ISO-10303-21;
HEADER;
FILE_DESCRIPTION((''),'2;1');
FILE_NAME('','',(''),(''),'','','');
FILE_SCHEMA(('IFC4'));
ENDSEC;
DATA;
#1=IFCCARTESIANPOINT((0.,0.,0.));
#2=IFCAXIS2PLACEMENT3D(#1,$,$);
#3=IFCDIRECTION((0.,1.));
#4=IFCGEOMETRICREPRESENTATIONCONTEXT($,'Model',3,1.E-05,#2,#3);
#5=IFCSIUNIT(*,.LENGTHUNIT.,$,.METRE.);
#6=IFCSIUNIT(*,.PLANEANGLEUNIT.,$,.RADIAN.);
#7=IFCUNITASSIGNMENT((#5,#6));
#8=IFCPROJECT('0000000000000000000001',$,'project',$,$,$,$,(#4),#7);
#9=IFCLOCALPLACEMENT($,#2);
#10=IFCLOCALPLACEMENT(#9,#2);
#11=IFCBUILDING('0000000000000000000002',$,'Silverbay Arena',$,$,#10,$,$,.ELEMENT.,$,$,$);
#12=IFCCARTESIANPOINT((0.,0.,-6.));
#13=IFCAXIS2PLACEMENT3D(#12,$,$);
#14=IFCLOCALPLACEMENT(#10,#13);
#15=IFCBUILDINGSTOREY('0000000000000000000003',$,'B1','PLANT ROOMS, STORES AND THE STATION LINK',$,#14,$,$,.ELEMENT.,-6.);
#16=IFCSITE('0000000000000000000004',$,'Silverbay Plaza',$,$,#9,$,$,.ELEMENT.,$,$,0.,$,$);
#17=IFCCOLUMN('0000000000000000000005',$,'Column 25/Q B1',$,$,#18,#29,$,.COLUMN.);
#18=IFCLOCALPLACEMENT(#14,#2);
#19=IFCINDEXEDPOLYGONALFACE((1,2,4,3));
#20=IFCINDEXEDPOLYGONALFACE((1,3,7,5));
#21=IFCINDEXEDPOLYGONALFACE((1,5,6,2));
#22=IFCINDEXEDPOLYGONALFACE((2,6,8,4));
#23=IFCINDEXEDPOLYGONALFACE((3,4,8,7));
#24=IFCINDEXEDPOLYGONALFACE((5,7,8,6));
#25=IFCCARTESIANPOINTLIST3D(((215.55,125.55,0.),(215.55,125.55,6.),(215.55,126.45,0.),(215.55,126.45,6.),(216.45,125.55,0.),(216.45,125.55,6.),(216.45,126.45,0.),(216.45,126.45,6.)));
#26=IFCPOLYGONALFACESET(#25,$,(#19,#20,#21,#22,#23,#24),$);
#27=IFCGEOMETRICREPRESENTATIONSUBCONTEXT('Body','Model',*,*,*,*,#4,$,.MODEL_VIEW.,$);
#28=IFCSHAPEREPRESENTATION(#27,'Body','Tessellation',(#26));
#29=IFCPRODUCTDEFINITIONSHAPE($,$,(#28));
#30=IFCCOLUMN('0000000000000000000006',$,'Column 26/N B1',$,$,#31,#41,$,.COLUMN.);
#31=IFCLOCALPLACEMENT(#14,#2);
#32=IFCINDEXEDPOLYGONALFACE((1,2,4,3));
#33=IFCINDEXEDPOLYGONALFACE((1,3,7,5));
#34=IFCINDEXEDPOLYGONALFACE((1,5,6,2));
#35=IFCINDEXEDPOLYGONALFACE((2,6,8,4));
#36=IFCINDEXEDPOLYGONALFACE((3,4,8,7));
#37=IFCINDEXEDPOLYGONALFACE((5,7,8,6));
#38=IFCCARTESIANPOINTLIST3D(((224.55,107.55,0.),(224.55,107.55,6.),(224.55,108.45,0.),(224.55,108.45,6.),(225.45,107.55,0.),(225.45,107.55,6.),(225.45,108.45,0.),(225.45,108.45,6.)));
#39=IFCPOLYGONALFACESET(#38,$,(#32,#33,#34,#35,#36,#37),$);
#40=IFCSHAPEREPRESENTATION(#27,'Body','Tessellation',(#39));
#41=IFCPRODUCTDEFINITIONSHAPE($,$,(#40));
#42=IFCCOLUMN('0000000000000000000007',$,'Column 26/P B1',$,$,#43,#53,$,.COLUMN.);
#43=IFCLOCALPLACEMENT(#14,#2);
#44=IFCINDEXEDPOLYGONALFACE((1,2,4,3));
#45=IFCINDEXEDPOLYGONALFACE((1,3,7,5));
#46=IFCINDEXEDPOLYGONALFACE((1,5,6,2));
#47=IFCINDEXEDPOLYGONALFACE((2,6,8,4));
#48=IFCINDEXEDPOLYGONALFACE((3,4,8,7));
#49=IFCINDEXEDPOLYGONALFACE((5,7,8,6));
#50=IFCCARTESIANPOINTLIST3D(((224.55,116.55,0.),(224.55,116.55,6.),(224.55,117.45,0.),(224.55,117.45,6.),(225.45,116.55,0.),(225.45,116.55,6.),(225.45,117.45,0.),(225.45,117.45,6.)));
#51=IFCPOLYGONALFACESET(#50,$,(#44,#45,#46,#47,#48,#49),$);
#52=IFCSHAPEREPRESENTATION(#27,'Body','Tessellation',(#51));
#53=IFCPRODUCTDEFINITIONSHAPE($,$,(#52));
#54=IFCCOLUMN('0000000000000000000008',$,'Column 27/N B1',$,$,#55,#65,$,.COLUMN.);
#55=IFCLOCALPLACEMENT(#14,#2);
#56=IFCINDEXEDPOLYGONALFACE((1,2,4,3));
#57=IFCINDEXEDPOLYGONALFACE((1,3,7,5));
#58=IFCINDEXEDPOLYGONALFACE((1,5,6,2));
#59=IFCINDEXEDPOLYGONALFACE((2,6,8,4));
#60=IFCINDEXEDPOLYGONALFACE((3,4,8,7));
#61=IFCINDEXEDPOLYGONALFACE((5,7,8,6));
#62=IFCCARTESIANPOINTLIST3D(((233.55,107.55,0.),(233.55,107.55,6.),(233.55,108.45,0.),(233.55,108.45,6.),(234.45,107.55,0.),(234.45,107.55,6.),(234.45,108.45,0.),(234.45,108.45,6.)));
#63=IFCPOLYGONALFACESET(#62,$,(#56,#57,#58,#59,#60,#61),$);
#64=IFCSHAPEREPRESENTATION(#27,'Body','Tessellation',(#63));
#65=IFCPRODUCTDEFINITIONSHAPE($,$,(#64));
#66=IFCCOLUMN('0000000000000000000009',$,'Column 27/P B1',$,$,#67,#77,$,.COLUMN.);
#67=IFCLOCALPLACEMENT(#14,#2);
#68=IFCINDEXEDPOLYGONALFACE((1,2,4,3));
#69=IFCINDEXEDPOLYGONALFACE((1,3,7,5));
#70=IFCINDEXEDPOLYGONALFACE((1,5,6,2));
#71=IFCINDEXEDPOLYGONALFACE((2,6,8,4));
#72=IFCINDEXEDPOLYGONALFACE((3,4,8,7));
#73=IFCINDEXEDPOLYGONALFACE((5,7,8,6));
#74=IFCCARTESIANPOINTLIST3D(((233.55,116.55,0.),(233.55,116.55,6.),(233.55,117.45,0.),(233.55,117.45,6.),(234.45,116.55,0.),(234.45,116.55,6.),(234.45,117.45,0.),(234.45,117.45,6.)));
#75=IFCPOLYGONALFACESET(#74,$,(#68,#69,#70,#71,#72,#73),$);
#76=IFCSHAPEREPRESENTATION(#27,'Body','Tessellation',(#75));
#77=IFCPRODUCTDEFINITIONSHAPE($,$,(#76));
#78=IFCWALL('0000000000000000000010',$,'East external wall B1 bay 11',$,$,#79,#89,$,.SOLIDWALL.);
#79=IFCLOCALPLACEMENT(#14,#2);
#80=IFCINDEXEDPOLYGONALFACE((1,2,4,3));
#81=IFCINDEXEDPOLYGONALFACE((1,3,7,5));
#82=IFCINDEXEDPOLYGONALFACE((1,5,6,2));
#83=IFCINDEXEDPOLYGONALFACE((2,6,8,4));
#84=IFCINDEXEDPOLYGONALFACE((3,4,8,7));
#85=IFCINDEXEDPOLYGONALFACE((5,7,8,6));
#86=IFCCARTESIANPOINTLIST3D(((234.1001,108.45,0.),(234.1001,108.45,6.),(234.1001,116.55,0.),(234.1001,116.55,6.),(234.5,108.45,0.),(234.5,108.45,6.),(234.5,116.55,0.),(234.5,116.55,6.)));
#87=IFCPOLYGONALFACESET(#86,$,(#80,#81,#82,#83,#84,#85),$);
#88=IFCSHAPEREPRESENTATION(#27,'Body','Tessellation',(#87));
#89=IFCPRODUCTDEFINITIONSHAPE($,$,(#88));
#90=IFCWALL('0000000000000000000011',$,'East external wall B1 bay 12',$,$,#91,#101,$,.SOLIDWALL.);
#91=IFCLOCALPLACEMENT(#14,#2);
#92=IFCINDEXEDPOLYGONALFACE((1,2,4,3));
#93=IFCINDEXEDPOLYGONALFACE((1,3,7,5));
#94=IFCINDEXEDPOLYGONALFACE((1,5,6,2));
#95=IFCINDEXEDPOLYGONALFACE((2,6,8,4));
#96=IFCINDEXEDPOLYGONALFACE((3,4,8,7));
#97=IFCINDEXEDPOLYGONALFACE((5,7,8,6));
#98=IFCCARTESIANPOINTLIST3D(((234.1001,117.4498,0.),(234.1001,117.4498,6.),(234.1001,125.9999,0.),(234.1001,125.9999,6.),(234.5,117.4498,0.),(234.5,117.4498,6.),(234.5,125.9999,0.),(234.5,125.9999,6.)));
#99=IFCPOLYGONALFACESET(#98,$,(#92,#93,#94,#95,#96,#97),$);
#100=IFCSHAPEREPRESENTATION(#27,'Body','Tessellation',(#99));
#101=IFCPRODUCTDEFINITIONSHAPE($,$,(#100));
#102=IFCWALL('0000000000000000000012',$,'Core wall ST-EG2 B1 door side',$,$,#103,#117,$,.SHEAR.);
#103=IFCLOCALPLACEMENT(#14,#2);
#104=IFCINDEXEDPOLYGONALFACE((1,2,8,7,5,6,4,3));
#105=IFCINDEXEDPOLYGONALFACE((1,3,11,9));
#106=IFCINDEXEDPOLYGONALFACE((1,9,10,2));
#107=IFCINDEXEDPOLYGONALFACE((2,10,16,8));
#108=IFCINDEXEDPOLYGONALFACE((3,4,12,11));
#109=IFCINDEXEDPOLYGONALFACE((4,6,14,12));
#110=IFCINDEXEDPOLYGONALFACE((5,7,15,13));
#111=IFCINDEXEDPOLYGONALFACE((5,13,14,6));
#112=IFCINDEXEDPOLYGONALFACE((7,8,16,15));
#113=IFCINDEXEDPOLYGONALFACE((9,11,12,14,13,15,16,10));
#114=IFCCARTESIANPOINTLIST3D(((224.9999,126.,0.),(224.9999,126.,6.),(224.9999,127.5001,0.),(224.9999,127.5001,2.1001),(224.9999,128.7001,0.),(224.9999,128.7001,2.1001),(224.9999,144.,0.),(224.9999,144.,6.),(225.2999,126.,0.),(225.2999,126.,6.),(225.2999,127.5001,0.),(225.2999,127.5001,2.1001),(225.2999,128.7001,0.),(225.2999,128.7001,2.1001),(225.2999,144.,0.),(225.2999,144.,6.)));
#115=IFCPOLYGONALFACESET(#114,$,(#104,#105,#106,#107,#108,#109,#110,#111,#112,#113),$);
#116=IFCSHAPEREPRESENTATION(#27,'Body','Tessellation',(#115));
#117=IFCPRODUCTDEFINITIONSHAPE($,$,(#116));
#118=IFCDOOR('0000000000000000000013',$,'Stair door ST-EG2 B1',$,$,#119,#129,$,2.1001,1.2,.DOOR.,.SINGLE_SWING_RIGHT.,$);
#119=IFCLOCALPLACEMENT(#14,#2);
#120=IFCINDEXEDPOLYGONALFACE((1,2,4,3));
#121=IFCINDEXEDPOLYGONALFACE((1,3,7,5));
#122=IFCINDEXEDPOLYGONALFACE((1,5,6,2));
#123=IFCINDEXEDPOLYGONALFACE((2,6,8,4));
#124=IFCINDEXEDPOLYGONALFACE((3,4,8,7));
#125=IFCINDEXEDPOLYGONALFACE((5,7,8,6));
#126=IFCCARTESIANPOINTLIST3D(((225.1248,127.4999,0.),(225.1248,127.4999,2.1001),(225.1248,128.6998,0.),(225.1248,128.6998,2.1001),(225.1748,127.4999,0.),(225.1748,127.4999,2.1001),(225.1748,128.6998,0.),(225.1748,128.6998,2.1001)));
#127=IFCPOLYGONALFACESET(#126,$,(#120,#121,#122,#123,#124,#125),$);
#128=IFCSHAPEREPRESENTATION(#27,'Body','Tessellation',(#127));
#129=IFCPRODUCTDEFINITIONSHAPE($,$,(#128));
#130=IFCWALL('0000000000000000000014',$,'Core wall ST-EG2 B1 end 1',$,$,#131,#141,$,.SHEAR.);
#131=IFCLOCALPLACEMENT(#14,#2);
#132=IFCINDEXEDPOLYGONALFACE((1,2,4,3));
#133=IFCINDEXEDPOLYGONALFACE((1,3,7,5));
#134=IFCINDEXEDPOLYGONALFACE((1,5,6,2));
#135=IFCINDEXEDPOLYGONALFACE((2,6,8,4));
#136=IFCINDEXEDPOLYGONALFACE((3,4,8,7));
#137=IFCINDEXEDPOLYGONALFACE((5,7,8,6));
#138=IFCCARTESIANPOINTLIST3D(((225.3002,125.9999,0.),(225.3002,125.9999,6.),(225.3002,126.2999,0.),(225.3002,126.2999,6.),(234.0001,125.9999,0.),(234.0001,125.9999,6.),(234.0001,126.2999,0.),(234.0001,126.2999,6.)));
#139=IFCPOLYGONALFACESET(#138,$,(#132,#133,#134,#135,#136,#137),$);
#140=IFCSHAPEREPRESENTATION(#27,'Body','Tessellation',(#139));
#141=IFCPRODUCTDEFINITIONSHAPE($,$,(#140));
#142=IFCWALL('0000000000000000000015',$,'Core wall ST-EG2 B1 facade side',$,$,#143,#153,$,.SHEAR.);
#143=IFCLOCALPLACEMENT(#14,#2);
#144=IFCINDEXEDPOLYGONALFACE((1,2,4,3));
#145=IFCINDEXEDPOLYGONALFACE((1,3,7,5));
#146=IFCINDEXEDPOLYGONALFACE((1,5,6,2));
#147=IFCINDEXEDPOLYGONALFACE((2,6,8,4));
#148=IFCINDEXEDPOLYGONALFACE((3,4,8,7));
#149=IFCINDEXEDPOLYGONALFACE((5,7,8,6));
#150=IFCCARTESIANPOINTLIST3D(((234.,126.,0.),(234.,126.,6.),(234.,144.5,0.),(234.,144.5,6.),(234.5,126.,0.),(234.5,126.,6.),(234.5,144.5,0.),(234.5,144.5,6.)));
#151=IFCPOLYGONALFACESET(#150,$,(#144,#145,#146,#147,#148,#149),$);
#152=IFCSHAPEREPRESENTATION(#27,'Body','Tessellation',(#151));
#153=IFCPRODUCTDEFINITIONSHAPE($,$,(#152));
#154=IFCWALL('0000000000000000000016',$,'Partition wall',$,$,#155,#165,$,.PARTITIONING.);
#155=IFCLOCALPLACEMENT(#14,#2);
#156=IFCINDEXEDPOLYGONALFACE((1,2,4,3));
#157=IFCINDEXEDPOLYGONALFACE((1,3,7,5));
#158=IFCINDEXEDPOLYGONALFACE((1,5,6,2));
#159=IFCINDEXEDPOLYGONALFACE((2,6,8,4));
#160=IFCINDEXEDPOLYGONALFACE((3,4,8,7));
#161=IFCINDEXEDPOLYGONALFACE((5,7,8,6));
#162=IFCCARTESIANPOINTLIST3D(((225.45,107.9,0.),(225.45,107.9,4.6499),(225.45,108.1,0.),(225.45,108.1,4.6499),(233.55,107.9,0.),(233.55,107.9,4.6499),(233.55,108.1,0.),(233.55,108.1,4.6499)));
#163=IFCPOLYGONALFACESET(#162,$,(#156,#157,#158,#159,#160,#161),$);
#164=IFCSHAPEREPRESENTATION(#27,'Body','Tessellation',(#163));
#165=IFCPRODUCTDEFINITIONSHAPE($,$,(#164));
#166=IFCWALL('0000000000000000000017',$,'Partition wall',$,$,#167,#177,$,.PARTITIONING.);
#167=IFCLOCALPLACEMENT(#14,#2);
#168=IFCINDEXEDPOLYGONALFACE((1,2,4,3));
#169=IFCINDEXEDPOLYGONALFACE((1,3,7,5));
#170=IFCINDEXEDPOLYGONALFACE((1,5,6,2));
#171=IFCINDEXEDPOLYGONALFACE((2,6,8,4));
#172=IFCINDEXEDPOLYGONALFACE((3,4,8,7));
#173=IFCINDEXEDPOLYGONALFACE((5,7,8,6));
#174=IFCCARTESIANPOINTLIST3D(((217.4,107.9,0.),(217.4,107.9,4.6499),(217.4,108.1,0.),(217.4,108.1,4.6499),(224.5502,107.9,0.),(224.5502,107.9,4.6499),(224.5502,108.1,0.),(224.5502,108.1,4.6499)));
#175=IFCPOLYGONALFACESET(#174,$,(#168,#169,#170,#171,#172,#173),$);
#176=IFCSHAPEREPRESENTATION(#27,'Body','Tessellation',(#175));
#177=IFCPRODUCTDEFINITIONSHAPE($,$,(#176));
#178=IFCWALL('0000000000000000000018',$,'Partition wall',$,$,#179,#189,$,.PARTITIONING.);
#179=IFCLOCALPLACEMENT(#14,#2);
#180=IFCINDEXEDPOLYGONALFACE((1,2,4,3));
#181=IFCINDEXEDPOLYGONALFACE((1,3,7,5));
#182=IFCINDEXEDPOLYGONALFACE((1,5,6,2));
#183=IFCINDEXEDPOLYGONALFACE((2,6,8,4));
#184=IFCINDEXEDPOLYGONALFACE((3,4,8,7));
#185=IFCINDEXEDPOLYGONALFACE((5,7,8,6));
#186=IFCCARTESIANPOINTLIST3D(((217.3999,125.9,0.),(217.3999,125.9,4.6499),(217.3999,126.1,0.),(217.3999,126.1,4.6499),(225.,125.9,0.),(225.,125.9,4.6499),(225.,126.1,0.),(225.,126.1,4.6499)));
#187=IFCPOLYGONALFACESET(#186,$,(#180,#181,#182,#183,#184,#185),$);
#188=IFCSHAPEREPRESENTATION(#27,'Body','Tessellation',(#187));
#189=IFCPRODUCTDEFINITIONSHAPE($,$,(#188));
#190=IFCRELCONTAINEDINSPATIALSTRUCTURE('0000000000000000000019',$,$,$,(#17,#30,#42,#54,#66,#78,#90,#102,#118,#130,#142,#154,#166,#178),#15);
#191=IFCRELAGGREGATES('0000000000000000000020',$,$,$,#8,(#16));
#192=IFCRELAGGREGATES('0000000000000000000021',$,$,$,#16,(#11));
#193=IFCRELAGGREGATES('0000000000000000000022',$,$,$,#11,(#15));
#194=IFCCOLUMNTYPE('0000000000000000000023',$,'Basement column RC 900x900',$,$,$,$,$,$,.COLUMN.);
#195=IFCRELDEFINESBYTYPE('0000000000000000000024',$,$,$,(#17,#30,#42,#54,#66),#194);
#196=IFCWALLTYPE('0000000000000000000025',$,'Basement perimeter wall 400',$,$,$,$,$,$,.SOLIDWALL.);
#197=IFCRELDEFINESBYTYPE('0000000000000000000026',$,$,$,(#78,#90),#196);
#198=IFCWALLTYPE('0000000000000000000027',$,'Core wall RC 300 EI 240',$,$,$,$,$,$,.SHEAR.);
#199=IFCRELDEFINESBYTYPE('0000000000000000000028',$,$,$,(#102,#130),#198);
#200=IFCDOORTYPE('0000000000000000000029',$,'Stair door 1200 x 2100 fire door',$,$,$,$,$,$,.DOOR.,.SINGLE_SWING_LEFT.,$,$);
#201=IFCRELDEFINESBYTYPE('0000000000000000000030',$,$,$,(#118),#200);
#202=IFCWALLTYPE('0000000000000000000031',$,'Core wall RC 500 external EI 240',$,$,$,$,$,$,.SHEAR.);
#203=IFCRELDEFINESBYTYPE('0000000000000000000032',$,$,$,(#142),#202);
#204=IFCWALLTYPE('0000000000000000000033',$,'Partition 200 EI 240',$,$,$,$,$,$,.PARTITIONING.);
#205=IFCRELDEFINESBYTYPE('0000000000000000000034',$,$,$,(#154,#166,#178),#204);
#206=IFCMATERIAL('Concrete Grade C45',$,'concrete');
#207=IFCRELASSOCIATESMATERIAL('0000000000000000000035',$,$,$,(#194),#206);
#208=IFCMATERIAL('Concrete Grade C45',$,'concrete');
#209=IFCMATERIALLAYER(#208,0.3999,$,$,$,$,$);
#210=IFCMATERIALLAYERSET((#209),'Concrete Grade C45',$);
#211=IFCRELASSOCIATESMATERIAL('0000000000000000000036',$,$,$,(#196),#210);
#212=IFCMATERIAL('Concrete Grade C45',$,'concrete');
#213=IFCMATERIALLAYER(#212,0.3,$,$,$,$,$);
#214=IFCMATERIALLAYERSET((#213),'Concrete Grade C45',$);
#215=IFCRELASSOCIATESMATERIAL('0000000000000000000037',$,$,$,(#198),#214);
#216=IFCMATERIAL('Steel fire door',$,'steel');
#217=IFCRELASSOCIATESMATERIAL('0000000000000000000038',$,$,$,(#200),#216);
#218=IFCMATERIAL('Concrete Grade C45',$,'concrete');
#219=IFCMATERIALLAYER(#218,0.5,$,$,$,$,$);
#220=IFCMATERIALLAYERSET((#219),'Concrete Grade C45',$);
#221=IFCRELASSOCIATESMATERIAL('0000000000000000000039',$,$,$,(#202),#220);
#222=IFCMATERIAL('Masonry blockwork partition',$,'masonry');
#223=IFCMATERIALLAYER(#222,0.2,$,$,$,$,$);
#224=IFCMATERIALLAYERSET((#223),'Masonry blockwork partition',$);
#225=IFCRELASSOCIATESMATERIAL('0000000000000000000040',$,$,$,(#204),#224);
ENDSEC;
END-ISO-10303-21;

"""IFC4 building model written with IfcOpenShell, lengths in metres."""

from ifc_helpers import new_model, si_unit, direction, frame, frame_2d, origin, origin_2d, place, context, subcontext, project, spatial, rectangle, extrude, material, layer, layer_set, material_profile, profile_set, type_object, element, fill, save


model = new_model("IFC4")

# Units and contexts
model_context = context("Model", 3, precision=1e-05, world=origin(), true_north=direction((0.0, 1.0)))
body_context = subcontext(model_context, "Body", "Model", "MODEL_VIEW")
ifc_project = project(units=[si_unit("LENGTHUNIT", "METRE"), si_unit("PLANEANGLEUNIT", "RADIAN")], contexts=[model_context])

# Site, building, storey
site_placement = place(None, origin())
site = spatial("IfcSite", under=ifc_project, at=site_placement, Name="Silverbay Plaza", CompositionType="ELEMENT", RefElevation=0.0)
building_placement = place(site_placement, origin())
building = spatial("IfcBuilding", under=site, at=building_placement, Name="Silverbay Arena", CompositionType="ELEMENT")
storey_placement = place(building_placement, frame((0.0, 0.0, -6.0)))
storey = spatial("IfcBuildingStorey", under=building, at=storey_placement, Name="B1", Description="PLANT ROOMS, STORES AND THE STATION LINK", CompositionType="ELEMENT", Elevation=-6.0)

# Columns
ifc_material_1 = material(Name="Concrete Grade C45", Category="concrete")
ifc_material_profile_1 = material_profile(ifc_material_1, rectangle(XDim=0.8999, YDim=0.8999, at=origin_2d()), Name="RC 900x900")
ifc_profile_set_1 = profile_set([ifc_material_profile_1], Name="Concrete Grade C45")
column_type = type_object("IfcColumnType", Name="Basement column RC 900x900", PredefinedType="COLUMN", material=ifc_profile_set_1)
for number, where, z_axis, x_axis, name in (
    (1, (216.0, 126.0, 0.0), (0.0, 0.0, 1.0), (1.0, 0.0, 0.0), "Column 25/Q B1"),
    (2, (225.0, 108.0, 0.0), (0.0, 0.0, 1.0), (1.0, 0.0, 0.0), "Column 26/N B1"),
    (3, (225.0, 117.0, 0.0), (0.0, 0.0, 1.0), (1.0, 0.0, 0.0), "Column 26/P B1"),
    (4, (234.0, 108.0, 0.0), (0.0, 0.0, 1.0), (1.0, 0.0, 0.0), "Column 27/N B1"),
    (5, (234.0, 117.0, 0.0), (0.0, 0.0, 1.0), (1.0, 0.0, 0.0), "Column 27/P B1"),
):
    element("IfcColumn", number, at=place(storey_placement, frame(where, z_axis=z_axis, x_axis=x_axis)), inside=storey, type_object=column_type, Name=name, PredefinedType="COLUMN", context=body_context, shape_type="SweptSolid", body=[
        extrude(rectangle(XDim=0.8999, YDim=0.8999, at=origin_2d()), origin(), (0.0, 0.0, 1.0), 6.0),
    ])

# Walls
ifc_material_2 = material(Name="Concrete Grade C45", Category="concrete")
ifc_layer_1 = layer(ifc_material_2, 0.3999)
ifc_layer_set_1 = layer_set([ifc_layer_1], Name="Concrete Grade C45")
wall_type_1 = type_object("IfcWallType", Name="Basement perimeter wall 400", PredefinedType="SOLIDWALL", material=ifc_layer_set_1)
wall_1_placement = place(storey_placement, frame((234.3, 108.45, 0.0), z_axis=(0.0, 0.0, 1.0), x_axis=(0.0, 1.0, 0.0)))
element("IfcWall", 6, at=wall_1_placement, inside=storey, type_object=wall_type_1, Name="East external wall B1 bay 11", PredefinedType="SOLIDWALL", context=body_context, shape_type="SweptSolid", body=[
    extrude(rectangle(XDim=8.1001, YDim=0.3999, at=frame_2d((4.05, 0.0))), origin(), (0.0, 0.0, 1.0), 6.0),
])
wall_2_placement = place(storey_placement, frame((234.3, 117.45, 0.0), z_axis=(0.0, 0.0, 1.0), x_axis=(0.0, 1.0, 0.0)))
element("IfcWall", 7, at=wall_2_placement, inside=storey, type_object=wall_type_1, Name="East external wall B1 bay 12", PredefinedType="SOLIDWALL", context=body_context, shape_type="SweptSolid", body=[
    extrude(rectangle(XDim=8.55, YDim=0.3999, at=frame_2d((4.2749, 0.0))), origin(), (0.0, 0.0, 1.0), 6.0),
])

# Wall, opening, door
ifc_material_3 = material(Name="Concrete Grade C45", Category="concrete")
ifc_layer_2 = layer(ifc_material_3, 0.3)
ifc_layer_set_2 = layer_set([ifc_layer_2], Name="Concrete Grade C45")
wall_type_2 = type_object("IfcWallType", Name="Core wall RC 300 EI 240", PredefinedType="SHEAR", material=ifc_layer_set_2)
wall_3_placement = place(storey_placement, frame((225.1499, 126.0, 0.0), z_axis=(0.0, 0.0, 1.0), x_axis=(0.0, 1.0, 0.0)))
wall_3 = element("IfcWall", 8, at=wall_3_placement, inside=storey, type_object=wall_type_2, Name="Core wall ST-EG2 B1 door side", PredefinedType="SHEAR", context=body_context, shape_type="SweptSolid", body=[
    extrude(rectangle(XDim=18.0, YDim=0.3, at=frame_2d((9.0, 0.0))), origin(), (0.0, 0.0, 1.0), 6.0),
])
opening_1_placement = place(wall_3_placement, frame((1.5, 0.0, 0.0)))
opening_1 = element("IfcOpeningElement", 9, at=opening_1_placement, cuts=wall_3, PredefinedType="OPENING", context=body_context, shape_type="SweptSolid", body=[
    extrude(rectangle(XDim=1.2, YDim=2.1001, at=frame_2d((0.6001, 1.05))), frame((0.0, 0.1602, 0.0), z_axis=(0.0, -1.0, 0.0), x_axis=(1.0, 0.0, 0.0)), (0.0, 0.0, 1.0), 0.3201),
])
ifc_material_4 = material(Name="Steel fire door", Category="steel")
door_type_1 = type_object("IfcDoorType", Name="Stair door 1200 x 2100 fire door", OperationType="SINGLE_SWING_LEFT", PredefinedType="DOOR", material=ifc_material_4)
door_1_placement = place(opening_1_placement, frame((1.2, 0.0, 0.0), z_axis=(0.0, 0.0, 1.0), x_axis=(-1.0, 0.0, 0.0)))
door_1 = element("IfcDoor", 10, at=door_1_placement, inside=storey, type_object=door_type_1, Name="Stair door ST-EG2 B1", OperationType="SINGLE_SWING_RIGHT", OverallHeight=2.1001, OverallWidth=1.2, PredefinedType="DOOR", context=body_context, shape_type="SweptSolid", body=[
    extrude(rectangle(XDim=1.2, YDim=2.1001, at=frame_2d((0.6001, 1.05))), frame((0.0, 0.0249, 0.0), z_axis=(0.0, -1.0, 0.0), x_axis=(1.0, 0.0, 0.0)), (0.0, 0.0, 1.0), 0.05),
])
fill(opening_1, door_1)

# Walls
wall_4_placement = place(storey_placement, frame((225.3, 126.1499, 0.0), z_axis=(0.0, 0.0, 1.0), x_axis=(1.0, 0.0, 0.0)))
element("IfcWall", 11, at=wall_4_placement, inside=storey, type_object=wall_type_2, Name="Core wall ST-EG2 B1 end 1", PredefinedType="SHEAR", context=body_context, shape_type="SweptSolid", body=[
    extrude(rectangle(XDim=8.7, YDim=0.3, at=frame_2d((4.3501, 0.0))), origin(), (0.0, 0.0, 1.0), 6.0),
])
ifc_material_5 = material(Name="Concrete Grade C45", Category="concrete")
ifc_layer_3 = layer(ifc_material_5, 0.5)
ifc_layer_set_3 = layer_set([ifc_layer_3], Name="Concrete Grade C45")
wall_type_3 = type_object("IfcWallType", Name="Core wall RC 500 external EI 240", PredefinedType="SHEAR", material=ifc_layer_set_3)
wall_5_placement = place(storey_placement, frame((234.25, 126.0, 0.0), z_axis=(0.0, 0.0, 1.0), x_axis=(0.0, 1.0, 0.0)))
element("IfcWall", 12, at=wall_5_placement, inside=storey, type_object=wall_type_3, Name="Core wall ST-EG2 B1 facade side", PredefinedType="SHEAR", context=body_context, shape_type="SweptSolid", body=[
    extrude(rectangle(XDim=18.5, YDim=0.5, at=frame_2d((9.25, 0.0))), origin(), (0.0, 0.0, 1.0), 6.0),
])
ifc_material_6 = material(Name="Masonry blockwork partition", Category="masonry")
ifc_layer_4 = layer(ifc_material_6, 0.2)
ifc_layer_set_4 = layer_set([ifc_layer_4], Name="Masonry blockwork partition")
wall_type_4 = type_object("IfcWallType", Name="Partition 200 EI 240", PredefinedType="PARTITIONING", material=ifc_layer_set_4)
wall_6_placement = place(storey_placement, frame((225.45, 108.0, 0.0), z_axis=(0.0, 0.0, 1.0), x_axis=(1.0, 0.0, 0.0)))
element("IfcWall", 13, at=wall_6_placement, inside=storey, type_object=wall_type_4, Name="Partition wall", PredefinedType="PARTITIONING", context=body_context, shape_type="SweptSolid", body=[
    extrude(rectangle(XDim=8.1001, YDim=0.2, at=frame_2d((4.05, 0.0))), origin(), (0.0, 0.0, 1.0), 4.6499),
])
wall_7_placement = place(storey_placement, frame((217.3999, 108.0, 0.0), z_axis=(0.0, 0.0, 1.0), x_axis=(1.0, 0.0, 0.0)))
element("IfcWall", 14, at=wall_7_placement, inside=storey, type_object=wall_type_4, Name="Partition wall", PredefinedType="PARTITIONING", context=body_context, shape_type="SweptSolid", body=[
    extrude(rectangle(XDim=7.1501, YDim=0.2, at=frame_2d((3.5752, 0.0))), origin(), (0.0, 0.0, 1.0), 4.6499),
])
wall_8_placement = place(storey_placement, frame((217.3999, 126.0, 0.0), z_axis=(0.0, 0.0, 1.0), x_axis=(1.0, 0.0, 0.0)))
element("IfcWall", 15, at=wall_8_placement, inside=storey, type_object=wall_type_4, Name="Partition wall", PredefinedType="PARTITIONING", context=body_context, shape_type="SweptSolid", body=[
    extrude(rectangle(XDim=7.6001, YDim=0.2, at=frame_2d((3.8, 0.0))), origin(), (0.0, 0.0, 1.0), 4.6499),
])

save(model, "model.ifc")
